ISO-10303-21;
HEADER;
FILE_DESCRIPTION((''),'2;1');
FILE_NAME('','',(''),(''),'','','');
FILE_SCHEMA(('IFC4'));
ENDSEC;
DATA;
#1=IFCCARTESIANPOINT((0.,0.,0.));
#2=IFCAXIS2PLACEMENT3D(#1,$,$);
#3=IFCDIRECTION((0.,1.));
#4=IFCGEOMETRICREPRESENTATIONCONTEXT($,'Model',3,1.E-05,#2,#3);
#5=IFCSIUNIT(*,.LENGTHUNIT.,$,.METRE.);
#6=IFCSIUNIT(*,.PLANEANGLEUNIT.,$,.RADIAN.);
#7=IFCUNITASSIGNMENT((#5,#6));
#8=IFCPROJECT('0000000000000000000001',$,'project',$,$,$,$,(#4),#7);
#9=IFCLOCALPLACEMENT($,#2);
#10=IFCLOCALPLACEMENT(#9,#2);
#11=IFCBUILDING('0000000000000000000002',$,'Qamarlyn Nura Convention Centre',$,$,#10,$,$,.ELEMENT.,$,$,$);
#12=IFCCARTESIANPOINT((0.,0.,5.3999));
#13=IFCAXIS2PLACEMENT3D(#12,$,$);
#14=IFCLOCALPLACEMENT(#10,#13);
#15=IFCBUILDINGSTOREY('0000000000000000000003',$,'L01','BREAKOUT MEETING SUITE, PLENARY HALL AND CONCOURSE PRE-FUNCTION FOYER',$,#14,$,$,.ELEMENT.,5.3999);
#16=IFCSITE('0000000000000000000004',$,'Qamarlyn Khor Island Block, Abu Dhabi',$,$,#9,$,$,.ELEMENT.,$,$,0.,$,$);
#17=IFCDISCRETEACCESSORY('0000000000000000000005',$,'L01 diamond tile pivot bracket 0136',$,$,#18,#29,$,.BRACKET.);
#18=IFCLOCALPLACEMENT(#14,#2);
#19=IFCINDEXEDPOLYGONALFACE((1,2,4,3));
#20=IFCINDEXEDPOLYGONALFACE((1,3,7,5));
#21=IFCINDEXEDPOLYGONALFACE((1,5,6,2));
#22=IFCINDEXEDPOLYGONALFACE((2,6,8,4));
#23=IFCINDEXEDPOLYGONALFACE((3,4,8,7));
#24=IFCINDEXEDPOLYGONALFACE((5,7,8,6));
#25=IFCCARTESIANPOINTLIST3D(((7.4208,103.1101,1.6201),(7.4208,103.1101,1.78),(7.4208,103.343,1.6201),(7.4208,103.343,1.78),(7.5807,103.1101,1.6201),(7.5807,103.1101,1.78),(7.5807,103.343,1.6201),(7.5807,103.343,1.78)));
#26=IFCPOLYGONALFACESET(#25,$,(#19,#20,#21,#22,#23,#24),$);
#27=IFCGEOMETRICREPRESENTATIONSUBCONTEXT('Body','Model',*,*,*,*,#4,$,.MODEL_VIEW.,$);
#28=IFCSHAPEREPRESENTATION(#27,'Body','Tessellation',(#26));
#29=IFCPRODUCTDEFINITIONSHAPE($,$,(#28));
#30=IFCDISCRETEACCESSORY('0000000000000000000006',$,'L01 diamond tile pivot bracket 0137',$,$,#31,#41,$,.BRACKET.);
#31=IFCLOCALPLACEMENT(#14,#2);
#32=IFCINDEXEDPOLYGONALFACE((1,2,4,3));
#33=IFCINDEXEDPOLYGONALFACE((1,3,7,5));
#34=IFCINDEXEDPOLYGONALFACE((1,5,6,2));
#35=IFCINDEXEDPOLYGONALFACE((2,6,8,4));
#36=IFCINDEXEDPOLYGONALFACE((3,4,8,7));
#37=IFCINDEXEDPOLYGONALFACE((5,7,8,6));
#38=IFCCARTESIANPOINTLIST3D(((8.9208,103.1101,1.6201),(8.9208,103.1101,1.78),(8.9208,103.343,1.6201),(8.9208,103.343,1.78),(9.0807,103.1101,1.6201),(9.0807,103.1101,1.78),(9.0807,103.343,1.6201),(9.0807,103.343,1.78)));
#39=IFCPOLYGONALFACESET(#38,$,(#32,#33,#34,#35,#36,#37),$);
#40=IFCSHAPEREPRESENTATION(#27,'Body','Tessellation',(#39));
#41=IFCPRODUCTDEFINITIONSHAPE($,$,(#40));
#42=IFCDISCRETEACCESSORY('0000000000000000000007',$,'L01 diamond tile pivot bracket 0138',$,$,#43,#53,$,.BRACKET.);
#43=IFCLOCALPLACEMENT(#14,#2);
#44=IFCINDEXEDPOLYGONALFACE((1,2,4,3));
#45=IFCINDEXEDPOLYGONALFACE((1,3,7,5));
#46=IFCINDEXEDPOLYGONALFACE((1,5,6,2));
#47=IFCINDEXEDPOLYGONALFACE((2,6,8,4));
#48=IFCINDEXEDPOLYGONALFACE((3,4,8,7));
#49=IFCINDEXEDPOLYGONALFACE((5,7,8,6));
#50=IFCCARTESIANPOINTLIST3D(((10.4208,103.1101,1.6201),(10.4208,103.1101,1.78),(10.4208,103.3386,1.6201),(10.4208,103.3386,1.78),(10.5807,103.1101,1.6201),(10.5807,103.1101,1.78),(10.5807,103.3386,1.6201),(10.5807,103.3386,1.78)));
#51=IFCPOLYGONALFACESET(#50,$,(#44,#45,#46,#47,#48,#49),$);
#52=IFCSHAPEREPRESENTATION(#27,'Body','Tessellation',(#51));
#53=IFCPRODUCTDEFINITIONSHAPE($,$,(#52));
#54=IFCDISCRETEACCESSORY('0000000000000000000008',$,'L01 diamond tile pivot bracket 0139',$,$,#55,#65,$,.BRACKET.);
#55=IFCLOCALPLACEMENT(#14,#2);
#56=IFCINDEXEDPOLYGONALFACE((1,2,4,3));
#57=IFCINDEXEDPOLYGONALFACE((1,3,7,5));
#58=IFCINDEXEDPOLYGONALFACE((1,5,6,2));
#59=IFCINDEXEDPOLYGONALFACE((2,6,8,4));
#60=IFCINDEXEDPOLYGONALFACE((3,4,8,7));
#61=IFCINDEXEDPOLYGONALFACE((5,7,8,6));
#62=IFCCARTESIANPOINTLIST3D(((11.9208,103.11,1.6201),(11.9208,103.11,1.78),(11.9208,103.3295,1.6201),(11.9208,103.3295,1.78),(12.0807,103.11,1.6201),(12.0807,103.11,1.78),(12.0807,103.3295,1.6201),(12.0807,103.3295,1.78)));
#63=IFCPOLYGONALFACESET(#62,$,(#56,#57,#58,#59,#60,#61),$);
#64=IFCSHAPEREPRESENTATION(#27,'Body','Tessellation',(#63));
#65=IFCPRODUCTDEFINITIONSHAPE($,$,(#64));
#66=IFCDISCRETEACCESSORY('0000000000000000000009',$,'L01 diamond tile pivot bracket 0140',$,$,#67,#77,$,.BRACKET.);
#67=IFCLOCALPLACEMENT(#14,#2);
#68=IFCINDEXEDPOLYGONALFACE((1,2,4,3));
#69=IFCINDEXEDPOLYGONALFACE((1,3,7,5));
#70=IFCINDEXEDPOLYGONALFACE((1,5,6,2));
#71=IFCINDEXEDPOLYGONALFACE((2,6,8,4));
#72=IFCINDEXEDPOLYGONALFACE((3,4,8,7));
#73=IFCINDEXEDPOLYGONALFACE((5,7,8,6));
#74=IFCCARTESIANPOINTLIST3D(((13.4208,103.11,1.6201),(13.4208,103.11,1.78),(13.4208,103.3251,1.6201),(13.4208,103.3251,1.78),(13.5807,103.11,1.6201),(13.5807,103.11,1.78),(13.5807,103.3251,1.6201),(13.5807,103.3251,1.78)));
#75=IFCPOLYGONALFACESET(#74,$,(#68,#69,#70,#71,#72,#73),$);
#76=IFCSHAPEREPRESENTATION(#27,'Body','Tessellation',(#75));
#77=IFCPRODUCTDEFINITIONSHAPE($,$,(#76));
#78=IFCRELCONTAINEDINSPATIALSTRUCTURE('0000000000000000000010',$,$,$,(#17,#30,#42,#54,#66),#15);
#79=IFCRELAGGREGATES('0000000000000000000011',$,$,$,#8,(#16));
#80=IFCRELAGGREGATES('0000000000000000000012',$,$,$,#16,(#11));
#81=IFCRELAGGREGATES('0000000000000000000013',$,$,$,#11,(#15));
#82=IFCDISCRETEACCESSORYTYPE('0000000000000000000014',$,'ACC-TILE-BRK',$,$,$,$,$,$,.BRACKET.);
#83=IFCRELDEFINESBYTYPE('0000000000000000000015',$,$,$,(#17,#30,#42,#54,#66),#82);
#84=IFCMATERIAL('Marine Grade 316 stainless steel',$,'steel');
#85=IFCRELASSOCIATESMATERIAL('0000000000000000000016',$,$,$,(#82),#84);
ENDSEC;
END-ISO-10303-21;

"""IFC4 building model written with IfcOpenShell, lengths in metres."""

from ifc_helpers import new_model, si_unit, direction, frame, origin, origin_2d, place, context, subcontext, project, spatial, rectangle, extrude, material, type_object, element, save


model = new_model("IFC4")

# Units and contexts
model_context = context("Model", 3, precision=1e-05, world=origin(), true_north=direction((0.0, 1.0)))
body_context = subcontext(model_context, "Body", "Model", "MODEL_VIEW")
ifc_project = project(units=[si_unit("LENGTHUNIT", "METRE"), si_unit("PLANEANGLEUNIT", "RADIAN")], contexts=[model_context])

# Site, building, storey
site_placement = place(None, origin())
site = spatial("IfcSite", under=ifc_project, at=site_placement, Name="Qamarlyn Khor Island Block, Abu Dhabi", CompositionType="ELEMENT", RefElevation=0.0)
building_placement = place(site_placement, origin())
building = spatial("IfcBuilding", under=site, at=building_placement, Name="Qamarlyn Nura Convention Centre", CompositionType="ELEMENT")
storey_placement = place(building_placement, frame((0.0, 0.0, 5.3999)))
storey = spatial("IfcBuildingStorey", under=building, at=storey_placement, Name="L01", Description="BREAKOUT MEETING SUITE, PLENARY HALL AND CONCOURSE PRE-FUNCTION FOYER", CompositionType="ELEMENT", Elevation=5.3999)

# Discrete accessories
ifc_material_1 = material(Name="Marine Grade 316 stainless steel", Category="steel")
discrete_accessory_type = type_object("IfcDiscreteAccessoryType", Name="ACC-TILE-BRK", PredefinedType="BRACKET", material=ifc_material_1)
for number, where, z_axis, x_axis, name in (
    (1, (7.5007, 103.2266, 1.6201), (0.0, 0.0, 1.0), (0.0, 1.0, 0.0), "L01 diamond tile pivot bracket 0136"),
    (2, (9.0007, 103.2266, 1.6201), (0.0, 0.0, 1.0), (0.0, 1.0, 0.0), "L01 diamond tile pivot bracket 0137"),
):
    element("IfcDiscreteAccessory", number, at=place(storey_placement, frame(where, z_axis=z_axis, x_axis=x_axis)), inside=storey, type_object=discrete_accessory_type, Name=name, PredefinedType="BRACKET", context=body_context, shape_type="SweptSolid", body=[
        extrude(rectangle(XDim=0.2329, YDim=0.1599, at=origin_2d()), origin(), (0.0, 0.0, 1.0), 0.1599),
    ])
discrete_accessory_1_placement = place(storey_placement, frame((10.5007, 103.2244, 1.6201), z_axis=(0.0, 0.0, 1.0), x_axis=(0.0, 1.0, 0.0)))
element("IfcDiscreteAccessory", 3, at=discrete_accessory_1_placement, inside=storey, type_object=discrete_accessory_type, Name="L01 diamond tile pivot bracket 0138", PredefinedType="BRACKET", context=body_context, shape_type="SweptSolid", body=[
    extrude(rectangle(XDim=0.2285, YDim=0.1599, at=origin_2d()), origin(), (0.0, 0.0, 1.0), 0.1599),
])
discrete_accessory_2_placement = place(storey_placement, frame((12.0007, 103.2197, 1.6201), z_axis=(0.0, 0.0, 1.0), x_axis=(0.0, 1.0, 0.0)))
element("IfcDiscreteAccessory", 4, at=discrete_accessory_2_placement, inside=storey, type_object=discrete_accessory_type, Name="L01 diamond tile pivot bracket 0139", PredefinedType="BRACKET", context=body_context, shape_type="SweptSolid", body=[
    extrude(rectangle(XDim=0.2195, YDim=0.1599, at=origin_2d()), origin(), (0.0, 0.0, 1.0), 0.1599),
])
discrete_accessory_3_placement = place(storey_placement, frame((13.5007, 103.2175, 1.6201), z_axis=(0.0, 0.0, 1.0), x_axis=(0.0, 1.0, 0.0)))
element("IfcDiscreteAccessory", 5, at=discrete_accessory_3_placement, inside=storey, type_object=discrete_accessory_type, Name="L01 diamond tile pivot bracket 0140", PredefinedType="BRACKET", context=body_context, shape_type="SweptSolid", body=[
    extrude(rectangle(XDim=0.2151, YDim=0.1599, at=origin_2d()), origin(), (0.0, 0.0, 1.0), 0.1599),
])

save(model, "model.ifc")
